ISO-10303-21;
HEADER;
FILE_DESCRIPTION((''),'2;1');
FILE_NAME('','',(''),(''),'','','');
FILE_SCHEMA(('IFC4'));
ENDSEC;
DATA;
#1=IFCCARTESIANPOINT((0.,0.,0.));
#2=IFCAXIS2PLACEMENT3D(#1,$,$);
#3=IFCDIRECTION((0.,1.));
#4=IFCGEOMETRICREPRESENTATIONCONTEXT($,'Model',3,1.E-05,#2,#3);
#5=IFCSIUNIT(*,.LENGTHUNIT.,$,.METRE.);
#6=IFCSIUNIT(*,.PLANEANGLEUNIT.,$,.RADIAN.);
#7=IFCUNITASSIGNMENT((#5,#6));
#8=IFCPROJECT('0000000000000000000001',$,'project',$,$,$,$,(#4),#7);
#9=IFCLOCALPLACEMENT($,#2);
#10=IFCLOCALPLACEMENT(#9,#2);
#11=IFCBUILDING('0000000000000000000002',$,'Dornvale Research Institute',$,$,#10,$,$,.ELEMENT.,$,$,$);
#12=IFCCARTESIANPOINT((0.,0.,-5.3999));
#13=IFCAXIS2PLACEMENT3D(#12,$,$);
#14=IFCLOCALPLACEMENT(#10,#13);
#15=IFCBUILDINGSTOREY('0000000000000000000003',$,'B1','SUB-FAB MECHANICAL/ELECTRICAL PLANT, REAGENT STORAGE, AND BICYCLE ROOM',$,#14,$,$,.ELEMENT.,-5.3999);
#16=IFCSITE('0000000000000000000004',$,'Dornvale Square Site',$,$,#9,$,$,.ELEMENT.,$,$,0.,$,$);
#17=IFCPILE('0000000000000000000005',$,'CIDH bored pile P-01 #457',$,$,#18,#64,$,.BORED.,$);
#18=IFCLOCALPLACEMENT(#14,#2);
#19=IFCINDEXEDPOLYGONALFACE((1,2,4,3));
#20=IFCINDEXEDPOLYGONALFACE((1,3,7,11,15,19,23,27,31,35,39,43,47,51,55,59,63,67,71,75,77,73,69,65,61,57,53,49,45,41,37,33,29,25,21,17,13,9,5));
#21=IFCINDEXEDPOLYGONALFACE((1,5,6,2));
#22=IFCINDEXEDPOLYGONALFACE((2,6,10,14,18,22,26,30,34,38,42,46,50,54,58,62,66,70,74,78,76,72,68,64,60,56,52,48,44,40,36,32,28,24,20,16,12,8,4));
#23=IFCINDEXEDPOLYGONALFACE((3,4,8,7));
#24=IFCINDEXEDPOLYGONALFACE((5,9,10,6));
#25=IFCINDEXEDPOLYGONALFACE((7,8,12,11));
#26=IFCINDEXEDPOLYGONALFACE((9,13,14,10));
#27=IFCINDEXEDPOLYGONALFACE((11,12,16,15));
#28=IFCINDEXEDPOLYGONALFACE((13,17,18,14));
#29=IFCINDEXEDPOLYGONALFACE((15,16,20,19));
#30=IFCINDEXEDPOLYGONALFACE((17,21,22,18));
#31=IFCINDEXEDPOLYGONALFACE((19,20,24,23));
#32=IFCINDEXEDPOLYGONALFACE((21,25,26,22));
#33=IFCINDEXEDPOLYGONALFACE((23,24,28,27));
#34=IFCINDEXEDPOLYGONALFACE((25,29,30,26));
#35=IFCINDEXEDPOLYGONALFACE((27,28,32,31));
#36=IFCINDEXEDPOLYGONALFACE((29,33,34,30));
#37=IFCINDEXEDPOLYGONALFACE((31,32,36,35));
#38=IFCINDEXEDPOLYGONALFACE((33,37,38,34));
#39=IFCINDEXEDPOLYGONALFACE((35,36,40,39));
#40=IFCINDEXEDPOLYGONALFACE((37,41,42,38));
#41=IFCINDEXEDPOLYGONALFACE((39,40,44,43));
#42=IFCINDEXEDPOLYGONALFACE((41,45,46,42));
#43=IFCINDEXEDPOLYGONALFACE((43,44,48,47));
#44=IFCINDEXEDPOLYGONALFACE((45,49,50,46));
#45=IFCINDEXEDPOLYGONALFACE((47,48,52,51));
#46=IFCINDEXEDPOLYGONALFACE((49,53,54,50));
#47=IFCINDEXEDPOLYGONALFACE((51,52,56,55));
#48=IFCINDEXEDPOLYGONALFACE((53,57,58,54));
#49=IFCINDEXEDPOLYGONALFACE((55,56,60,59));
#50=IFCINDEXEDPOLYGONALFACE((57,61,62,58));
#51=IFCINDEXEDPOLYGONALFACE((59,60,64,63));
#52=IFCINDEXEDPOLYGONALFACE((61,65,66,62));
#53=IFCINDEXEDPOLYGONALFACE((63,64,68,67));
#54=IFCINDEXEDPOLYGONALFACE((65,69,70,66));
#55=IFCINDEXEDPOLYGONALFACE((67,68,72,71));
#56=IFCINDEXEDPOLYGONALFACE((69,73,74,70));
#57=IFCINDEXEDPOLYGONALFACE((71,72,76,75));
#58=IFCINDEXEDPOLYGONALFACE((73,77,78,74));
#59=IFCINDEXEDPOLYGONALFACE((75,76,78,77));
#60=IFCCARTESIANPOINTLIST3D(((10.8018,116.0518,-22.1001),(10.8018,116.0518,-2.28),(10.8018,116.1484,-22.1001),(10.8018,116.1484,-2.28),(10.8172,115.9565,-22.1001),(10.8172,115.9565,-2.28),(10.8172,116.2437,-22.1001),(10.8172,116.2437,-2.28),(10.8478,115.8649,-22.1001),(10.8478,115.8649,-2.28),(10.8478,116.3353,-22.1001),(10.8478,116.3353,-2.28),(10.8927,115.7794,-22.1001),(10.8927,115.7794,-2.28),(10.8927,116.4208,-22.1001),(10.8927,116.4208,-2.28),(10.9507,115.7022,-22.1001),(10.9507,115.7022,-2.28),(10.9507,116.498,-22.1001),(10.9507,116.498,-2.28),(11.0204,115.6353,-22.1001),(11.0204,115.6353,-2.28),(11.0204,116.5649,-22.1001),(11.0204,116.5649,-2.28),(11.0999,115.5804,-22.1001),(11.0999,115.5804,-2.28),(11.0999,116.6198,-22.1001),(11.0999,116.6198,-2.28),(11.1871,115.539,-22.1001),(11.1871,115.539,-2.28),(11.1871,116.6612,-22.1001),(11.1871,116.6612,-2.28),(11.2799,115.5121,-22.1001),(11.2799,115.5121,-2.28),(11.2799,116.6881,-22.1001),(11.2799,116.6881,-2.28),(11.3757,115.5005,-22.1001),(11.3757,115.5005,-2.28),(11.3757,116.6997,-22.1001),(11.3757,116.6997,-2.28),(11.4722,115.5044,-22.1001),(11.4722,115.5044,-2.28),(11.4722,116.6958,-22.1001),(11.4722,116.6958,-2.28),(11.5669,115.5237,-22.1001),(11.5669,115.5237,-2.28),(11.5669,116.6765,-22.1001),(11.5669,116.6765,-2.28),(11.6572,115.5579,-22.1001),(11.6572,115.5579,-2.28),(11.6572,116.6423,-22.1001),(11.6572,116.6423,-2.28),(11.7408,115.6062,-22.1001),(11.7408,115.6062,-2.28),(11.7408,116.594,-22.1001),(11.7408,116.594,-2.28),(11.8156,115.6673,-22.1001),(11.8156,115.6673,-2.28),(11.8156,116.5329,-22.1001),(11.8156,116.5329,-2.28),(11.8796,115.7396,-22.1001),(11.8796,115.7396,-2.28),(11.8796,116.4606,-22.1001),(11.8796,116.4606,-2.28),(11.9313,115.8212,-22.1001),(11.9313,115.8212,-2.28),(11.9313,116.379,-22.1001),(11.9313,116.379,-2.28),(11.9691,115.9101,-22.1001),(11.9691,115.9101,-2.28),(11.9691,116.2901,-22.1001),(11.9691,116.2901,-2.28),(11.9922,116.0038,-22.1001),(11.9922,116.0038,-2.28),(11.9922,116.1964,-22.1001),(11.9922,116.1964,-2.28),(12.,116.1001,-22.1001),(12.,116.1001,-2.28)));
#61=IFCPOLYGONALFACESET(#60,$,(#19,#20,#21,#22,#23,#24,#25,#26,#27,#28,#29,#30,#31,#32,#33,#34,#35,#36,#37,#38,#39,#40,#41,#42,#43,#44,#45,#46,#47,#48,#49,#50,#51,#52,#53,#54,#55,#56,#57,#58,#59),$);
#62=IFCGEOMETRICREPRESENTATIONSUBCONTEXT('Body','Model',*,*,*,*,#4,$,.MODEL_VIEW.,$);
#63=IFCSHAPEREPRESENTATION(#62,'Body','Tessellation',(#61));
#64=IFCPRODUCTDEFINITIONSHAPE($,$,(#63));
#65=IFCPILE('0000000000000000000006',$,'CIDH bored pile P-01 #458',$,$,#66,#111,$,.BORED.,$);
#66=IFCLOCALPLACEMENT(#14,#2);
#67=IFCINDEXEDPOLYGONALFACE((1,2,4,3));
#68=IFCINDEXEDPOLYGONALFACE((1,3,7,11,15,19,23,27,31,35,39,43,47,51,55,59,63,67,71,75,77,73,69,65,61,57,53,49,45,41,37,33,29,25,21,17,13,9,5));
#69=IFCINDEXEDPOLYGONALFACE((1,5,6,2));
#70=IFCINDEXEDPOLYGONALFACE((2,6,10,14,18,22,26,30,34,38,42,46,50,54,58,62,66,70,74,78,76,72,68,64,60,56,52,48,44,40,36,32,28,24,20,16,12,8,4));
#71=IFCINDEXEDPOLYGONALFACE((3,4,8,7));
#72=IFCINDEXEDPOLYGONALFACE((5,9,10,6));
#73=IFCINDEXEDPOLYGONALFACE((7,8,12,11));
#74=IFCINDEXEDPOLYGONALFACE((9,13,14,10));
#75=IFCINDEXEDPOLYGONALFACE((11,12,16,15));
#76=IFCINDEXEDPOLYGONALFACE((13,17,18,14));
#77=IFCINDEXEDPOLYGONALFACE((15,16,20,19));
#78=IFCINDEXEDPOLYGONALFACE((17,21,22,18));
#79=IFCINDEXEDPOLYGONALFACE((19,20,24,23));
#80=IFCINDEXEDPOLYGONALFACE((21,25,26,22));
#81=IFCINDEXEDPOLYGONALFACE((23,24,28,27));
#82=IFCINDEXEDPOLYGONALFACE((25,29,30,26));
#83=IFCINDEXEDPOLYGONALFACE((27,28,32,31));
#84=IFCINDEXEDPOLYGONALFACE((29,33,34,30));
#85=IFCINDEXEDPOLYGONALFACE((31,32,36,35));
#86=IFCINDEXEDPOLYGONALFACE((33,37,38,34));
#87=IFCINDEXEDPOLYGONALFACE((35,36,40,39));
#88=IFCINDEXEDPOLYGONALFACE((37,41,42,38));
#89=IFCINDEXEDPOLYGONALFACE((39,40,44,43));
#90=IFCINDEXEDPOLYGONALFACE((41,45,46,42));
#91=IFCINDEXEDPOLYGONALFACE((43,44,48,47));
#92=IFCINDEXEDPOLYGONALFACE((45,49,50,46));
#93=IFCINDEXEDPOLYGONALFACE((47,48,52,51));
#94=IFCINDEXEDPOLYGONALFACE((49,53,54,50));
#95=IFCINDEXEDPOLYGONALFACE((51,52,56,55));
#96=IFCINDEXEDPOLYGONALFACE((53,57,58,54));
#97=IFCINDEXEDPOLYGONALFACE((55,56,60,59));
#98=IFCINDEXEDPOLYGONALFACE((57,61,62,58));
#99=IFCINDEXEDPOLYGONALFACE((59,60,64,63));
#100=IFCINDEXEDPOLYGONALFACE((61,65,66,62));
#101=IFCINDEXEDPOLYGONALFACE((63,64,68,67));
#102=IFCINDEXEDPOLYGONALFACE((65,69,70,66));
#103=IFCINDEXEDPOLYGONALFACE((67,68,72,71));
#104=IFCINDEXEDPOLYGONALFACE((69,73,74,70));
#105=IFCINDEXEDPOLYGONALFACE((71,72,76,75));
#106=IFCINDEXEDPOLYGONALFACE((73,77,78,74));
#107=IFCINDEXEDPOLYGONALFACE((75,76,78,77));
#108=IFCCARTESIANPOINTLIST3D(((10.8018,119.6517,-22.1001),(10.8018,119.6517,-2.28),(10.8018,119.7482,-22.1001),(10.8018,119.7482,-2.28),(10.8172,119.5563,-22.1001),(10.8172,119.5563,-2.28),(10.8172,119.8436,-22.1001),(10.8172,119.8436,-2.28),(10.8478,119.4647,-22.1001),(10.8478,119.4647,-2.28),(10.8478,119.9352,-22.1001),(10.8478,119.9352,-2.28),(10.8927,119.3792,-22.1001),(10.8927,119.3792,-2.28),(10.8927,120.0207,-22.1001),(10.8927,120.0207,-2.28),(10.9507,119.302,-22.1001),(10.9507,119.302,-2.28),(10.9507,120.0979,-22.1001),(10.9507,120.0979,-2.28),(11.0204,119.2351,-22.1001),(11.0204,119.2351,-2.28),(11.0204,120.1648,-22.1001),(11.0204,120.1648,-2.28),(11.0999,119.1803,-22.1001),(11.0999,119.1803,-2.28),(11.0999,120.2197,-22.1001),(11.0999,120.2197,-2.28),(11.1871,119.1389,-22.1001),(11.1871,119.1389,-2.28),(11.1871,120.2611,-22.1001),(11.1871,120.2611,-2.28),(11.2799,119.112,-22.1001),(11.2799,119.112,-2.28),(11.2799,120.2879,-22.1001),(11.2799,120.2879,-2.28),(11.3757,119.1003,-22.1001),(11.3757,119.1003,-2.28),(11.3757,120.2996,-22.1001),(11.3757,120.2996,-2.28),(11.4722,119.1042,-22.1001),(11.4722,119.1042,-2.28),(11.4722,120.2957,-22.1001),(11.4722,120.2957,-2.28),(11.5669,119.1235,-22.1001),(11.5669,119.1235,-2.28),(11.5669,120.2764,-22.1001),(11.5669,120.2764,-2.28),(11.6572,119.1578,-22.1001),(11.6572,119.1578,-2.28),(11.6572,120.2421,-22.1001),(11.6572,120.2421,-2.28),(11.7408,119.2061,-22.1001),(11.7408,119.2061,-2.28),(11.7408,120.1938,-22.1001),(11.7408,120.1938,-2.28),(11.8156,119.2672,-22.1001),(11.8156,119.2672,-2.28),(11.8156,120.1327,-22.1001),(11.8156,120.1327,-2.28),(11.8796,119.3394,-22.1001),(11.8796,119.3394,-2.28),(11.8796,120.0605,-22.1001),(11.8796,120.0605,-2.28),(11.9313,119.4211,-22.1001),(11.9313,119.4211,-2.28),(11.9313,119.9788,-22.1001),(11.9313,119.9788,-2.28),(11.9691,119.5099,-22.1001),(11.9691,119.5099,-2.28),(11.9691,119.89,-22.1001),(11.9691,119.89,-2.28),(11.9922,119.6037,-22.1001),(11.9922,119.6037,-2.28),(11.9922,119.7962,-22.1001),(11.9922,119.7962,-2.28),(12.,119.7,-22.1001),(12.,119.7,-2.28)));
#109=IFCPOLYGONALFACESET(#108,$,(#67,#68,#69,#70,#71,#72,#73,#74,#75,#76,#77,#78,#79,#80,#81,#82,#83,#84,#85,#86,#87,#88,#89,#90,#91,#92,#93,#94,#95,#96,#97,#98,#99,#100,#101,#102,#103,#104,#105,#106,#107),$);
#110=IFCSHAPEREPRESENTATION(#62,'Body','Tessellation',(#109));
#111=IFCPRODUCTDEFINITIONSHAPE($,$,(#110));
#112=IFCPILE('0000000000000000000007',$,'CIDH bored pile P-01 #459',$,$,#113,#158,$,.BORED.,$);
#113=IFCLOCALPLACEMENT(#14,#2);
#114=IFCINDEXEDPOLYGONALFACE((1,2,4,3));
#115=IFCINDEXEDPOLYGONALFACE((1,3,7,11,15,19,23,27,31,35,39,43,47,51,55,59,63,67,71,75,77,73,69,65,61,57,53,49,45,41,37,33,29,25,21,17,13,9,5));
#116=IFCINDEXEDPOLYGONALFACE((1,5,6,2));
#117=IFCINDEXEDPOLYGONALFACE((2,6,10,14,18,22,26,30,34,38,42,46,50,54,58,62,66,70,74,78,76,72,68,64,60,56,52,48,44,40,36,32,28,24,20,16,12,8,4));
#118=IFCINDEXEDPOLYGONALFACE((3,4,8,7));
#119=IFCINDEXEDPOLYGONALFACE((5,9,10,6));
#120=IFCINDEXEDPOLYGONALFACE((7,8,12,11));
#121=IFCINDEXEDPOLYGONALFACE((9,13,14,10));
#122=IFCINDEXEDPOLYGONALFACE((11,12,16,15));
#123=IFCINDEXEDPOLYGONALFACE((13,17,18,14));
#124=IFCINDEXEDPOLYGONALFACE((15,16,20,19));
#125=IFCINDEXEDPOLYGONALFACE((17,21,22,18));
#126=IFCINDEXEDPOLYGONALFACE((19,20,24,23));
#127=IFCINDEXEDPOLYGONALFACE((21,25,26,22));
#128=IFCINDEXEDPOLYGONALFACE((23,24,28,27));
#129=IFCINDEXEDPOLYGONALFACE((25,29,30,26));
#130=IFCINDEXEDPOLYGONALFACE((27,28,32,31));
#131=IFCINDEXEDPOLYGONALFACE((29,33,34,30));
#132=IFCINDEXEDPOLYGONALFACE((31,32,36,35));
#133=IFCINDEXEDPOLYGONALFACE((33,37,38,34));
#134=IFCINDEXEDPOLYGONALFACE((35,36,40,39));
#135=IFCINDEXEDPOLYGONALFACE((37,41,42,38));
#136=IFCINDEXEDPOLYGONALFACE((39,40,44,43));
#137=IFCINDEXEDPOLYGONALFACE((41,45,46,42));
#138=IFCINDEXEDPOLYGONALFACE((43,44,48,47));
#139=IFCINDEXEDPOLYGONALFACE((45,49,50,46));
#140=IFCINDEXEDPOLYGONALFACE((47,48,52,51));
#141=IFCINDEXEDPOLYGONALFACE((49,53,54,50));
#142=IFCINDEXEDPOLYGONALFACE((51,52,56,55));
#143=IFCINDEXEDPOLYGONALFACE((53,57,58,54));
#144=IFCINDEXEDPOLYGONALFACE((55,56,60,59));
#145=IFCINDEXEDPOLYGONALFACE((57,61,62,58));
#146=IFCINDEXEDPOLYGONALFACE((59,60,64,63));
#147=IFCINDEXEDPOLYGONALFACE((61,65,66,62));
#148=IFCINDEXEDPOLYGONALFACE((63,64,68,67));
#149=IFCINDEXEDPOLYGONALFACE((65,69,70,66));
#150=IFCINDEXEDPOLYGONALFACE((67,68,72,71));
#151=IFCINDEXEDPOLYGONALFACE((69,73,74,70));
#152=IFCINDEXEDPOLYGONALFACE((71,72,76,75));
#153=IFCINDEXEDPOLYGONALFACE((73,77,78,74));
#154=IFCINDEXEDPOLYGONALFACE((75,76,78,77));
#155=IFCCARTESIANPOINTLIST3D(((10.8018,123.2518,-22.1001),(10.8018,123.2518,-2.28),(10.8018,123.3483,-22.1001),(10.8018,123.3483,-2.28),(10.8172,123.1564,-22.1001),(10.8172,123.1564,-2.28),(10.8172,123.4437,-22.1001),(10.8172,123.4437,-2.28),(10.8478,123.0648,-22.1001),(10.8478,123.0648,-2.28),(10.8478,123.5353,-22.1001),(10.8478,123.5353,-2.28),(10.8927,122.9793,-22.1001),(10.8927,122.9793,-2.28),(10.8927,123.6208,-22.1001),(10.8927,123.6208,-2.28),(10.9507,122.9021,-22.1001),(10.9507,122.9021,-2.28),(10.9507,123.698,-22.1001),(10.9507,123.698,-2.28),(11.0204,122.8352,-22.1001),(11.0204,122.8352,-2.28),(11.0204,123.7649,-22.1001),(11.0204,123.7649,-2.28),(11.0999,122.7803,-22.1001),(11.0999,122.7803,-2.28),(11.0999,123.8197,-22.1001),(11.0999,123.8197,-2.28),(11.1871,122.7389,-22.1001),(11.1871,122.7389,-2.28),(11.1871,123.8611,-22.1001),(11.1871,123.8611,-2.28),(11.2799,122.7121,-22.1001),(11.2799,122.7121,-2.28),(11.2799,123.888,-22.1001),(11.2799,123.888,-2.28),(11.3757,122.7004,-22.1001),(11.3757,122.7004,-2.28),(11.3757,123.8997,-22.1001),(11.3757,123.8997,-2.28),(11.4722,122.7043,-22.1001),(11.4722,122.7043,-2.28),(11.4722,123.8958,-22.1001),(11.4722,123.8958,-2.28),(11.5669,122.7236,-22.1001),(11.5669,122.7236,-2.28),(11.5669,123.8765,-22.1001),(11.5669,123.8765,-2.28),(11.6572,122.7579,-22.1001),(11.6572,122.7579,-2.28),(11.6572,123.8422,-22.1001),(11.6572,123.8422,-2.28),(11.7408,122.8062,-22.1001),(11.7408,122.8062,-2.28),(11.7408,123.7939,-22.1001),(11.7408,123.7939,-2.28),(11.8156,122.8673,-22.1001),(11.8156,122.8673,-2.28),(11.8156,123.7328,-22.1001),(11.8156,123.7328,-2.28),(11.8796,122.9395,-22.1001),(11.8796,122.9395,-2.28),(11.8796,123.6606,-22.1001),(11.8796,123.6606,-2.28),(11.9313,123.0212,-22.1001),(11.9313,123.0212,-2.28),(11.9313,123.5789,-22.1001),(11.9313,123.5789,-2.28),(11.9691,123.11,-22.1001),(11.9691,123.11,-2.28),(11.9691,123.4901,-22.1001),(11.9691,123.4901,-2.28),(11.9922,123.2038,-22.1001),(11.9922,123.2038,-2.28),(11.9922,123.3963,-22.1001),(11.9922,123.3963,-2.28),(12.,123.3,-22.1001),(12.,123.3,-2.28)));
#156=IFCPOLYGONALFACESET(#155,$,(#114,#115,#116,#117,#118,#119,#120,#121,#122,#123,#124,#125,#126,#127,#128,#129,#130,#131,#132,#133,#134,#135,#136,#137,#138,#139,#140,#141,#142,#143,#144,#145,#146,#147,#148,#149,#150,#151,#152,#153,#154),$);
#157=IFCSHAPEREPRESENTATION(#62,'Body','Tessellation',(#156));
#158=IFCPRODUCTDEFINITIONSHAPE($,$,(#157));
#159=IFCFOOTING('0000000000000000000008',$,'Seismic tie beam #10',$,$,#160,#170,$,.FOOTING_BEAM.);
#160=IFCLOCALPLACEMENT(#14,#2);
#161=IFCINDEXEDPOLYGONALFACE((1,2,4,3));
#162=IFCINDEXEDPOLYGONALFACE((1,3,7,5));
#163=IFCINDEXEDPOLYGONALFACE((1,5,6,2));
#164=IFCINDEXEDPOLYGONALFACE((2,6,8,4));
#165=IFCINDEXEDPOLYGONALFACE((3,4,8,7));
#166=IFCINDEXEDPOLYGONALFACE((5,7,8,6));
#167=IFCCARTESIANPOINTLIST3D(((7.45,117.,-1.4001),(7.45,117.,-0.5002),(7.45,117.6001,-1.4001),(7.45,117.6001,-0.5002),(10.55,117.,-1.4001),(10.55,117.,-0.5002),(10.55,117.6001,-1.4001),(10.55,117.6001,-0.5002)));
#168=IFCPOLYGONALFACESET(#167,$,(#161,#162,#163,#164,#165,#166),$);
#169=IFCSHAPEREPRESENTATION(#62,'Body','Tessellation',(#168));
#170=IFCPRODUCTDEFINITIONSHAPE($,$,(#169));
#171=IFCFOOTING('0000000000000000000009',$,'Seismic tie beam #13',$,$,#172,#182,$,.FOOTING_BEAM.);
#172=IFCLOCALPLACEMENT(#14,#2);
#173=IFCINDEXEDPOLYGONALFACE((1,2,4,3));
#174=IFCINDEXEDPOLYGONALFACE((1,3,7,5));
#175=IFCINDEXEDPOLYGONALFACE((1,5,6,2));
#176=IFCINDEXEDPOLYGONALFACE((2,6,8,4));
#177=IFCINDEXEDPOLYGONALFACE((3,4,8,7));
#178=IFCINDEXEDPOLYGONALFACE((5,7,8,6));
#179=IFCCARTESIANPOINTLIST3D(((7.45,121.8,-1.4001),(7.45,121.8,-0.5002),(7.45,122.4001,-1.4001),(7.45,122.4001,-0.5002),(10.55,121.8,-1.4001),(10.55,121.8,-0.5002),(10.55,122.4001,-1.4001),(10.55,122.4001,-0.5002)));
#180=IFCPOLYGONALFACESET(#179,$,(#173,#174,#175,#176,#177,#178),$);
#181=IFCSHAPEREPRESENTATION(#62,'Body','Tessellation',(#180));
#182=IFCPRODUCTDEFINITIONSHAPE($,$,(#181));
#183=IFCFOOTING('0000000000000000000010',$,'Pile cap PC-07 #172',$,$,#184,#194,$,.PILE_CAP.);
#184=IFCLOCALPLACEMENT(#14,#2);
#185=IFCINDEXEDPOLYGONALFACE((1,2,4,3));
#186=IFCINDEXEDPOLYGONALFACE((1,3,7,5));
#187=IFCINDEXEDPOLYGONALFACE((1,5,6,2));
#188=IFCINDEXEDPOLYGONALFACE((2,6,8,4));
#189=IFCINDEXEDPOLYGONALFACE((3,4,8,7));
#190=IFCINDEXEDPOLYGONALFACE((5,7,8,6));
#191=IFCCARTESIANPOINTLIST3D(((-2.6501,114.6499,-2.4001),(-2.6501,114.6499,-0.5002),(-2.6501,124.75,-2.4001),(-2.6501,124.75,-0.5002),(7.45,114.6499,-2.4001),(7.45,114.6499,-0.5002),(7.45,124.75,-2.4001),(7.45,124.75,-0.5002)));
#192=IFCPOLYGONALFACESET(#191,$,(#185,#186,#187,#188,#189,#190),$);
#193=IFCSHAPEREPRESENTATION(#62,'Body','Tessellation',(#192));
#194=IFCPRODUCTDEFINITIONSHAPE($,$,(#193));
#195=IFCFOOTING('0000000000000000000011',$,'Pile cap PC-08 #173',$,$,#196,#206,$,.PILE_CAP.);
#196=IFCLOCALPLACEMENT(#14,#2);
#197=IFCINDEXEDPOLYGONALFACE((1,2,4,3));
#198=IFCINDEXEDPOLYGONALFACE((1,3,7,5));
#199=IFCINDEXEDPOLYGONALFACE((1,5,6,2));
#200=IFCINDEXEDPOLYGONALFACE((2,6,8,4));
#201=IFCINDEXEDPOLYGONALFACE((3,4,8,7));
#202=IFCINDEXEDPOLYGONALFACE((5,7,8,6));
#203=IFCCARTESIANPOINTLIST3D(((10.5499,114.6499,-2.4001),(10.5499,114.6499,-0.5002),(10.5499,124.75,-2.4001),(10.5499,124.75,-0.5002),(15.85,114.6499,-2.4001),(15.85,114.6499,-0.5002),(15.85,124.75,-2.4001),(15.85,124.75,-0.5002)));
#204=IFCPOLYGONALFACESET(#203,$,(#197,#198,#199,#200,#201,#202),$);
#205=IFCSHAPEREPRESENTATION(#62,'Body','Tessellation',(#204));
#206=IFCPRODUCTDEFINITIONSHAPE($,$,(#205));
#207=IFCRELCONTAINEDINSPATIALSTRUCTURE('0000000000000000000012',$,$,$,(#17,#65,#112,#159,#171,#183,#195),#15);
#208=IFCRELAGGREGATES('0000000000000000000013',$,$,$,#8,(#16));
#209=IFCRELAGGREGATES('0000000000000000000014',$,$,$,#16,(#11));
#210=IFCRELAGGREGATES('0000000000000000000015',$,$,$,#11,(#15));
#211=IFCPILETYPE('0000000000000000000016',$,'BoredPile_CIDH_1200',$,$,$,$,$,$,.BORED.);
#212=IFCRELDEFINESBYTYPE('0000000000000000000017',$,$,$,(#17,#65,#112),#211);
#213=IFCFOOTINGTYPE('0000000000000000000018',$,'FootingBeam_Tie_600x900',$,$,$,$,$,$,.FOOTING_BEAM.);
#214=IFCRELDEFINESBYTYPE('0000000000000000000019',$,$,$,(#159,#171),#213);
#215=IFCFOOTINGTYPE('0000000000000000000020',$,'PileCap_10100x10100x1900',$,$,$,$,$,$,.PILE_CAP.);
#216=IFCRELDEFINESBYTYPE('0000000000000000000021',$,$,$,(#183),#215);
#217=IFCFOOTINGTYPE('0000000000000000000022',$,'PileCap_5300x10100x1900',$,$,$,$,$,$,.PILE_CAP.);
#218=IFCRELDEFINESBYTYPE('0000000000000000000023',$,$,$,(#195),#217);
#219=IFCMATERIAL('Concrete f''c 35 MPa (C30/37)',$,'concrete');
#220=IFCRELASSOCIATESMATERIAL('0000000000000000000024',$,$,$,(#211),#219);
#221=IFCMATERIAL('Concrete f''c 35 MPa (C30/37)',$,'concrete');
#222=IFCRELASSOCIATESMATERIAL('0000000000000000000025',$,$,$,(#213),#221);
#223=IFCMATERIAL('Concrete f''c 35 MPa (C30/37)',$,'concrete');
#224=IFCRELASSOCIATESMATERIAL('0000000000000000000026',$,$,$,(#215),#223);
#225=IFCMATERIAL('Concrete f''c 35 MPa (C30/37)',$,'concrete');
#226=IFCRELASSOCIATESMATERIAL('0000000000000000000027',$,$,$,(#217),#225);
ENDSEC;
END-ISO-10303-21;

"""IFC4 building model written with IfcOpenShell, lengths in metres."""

from ifc_helpers import new_model, si_unit, direction, frame, origin, origin_2d, place, context, subcontext, project, spatial, rectangle, circle, extrude, material, material_profile, profile_set, type_object, element, save


model = new_model("IFC4")

# Units and contexts
model_context = context("Model", 3, precision=1e-05, world=origin(), true_north=direction((0.0, 1.0)))
body_context = subcontext(model_context, "Body", "Model", "MODEL_VIEW")
ifc_project = project(units=[si_unit("LENGTHUNIT", "METRE"), si_unit("PLANEANGLEUNIT", "RADIAN")], contexts=[model_context])

# Site, building, storey
site_placement = place(None, origin())
site = spatial("IfcSite", under=ifc_project, at=site_placement, Name="Dornvale Square Site", CompositionType="ELEMENT", RefElevation=0.0)
building_placement = place(site_placement, origin())
building = spatial("IfcBuilding", under=site, at=building_placement, Name="Dornvale Research Institute", CompositionType="ELEMENT")
storey_placement = place(building_placement, frame((0.0, 0.0, -5.3999)))
storey = spatial("IfcBuildingStorey", under=building, at=storey_placement, Name="B1", Description="SUB-FAB MECHANICAL/ELECTRICAL PLANT, REAGENT STORAGE, AND BICYCLE ROOM", CompositionType="ELEMENT", Elevation=-5.3999)

# Piles
ifc_material_1 = material(Name="Concrete f'c 35 MPa (C30/37)", Category="concrete")
ifc_material_profile_1 = material_profile(ifc_material_1, circle(Radius=0.6001, at=origin_2d()), Name="CIDH PILE D1200")
ifc_profile_set_1 = profile_set([ifc_material_profile_1], Name="Concrete f'c 35 MPa (C30/37)")
pile_type = type_object("IfcPileType", Name="BoredPile_CIDH_1200", PredefinedType="BORED", material=ifc_profile_set_1)
for number, where, z_axis, x_axis, name in (
    (1, (11.3999, 116.1001, -2.28), (0.0, 0.0, -1.0), (1.0, 0.0, 0.0), "CIDH bored pile P-01 #457"),
    (2, (11.3999, 119.7, -2.28), (0.0, 0.0, -1.0), (1.0, 0.0, 0.0), "CIDH bored pile P-01 #458"),
    (3, (11.3999, 123.3, -2.28), (0.0, 0.0, -1.0), (1.0, 0.0, 0.0), "CIDH bored pile P-01 #459"),
):
    element("IfcPile", number, at=place(storey_placement, frame(where, z_axis=z_axis, x_axis=x_axis)), inside=storey, type_object=pile_type, Name=name, PredefinedType="BORED", context=body_context, shape_type="SweptSolid", body=[
        extrude(circle(Radius=0.6001, at=origin_2d()), origin(), (0.0, 0.0, 1.0), 19.8201),
    ])

# Footings
ifc_material_2 = material(Name="Concrete f'c 35 MPa (C30/37)", Category="concrete")
footing_type_1 = type_object("IfcFootingType", Name="FootingBeam_Tie_600x900", PredefinedType="FOOTING_BEAM", material=ifc_material_2)
for number, where, z_axis, x_axis, name in (
    (4, (9.0, 117.3, -1.4001), (0.0, 0.0, 1.0), (1.0, 0.0, 0.0), "Seismic tie beam #10"),
    (5, (9.0, 122.1001, -1.4001), (0.0, 0.0, 1.0), (1.0, 0.0, 0.0), "Seismic tie beam #13"),
):
    element("IfcFooting", number, at=place(storey_placement, frame(where, z_axis=z_axis, x_axis=x_axis)), inside=storey, type_object=footing_type_1, Name=name, PredefinedType="FOOTING_BEAM", context=body_context, shape_type="SweptSolid", body=[
        extrude(rectangle(XDim=3.1001, YDim=0.6001, at=origin_2d()), origin(), (0.0, 0.0, 1.0), 0.8999),
    ])
ifc_material_3 = material(Name="Concrete f'c 35 MPa (C30/37)", Category="concrete")
footing_type_2 = type_object("IfcFootingType", Name="PileCap_10100x10100x1900", PredefinedType="PILE_CAP", material=ifc_material_3)
footing_1_placement = place(storey_placement, frame((2.3999, 119.7, -2.4001), z_axis=(0.0, 0.0, 1.0), x_axis=(1.0, 0.0, 0.0)))
element("IfcFooting", 6, at=footing_1_placement, inside=storey, type_object=footing_type_2, Name="Pile cap PC-07 #172", PredefinedType="PILE_CAP", context=body_context, shape_type="SweptSolid", body=[
    extrude(rectangle(XDim=10.1001, YDim=10.1001, at=origin_2d()), origin(), (0.0, 0.0, 1.0), 1.8999),
])
ifc_material_4 = material(Name="Concrete f'c 35 MPa (C30/37)", Category="concrete")
footing_type_3 = type_object("IfcFootingType", Name="PileCap_5300x10100x1900", PredefinedType="PILE_CAP", material=ifc_material_4)
footing_2_placement = place(storey_placement, frame((13.2, 119.7, -2.4001), z_axis=(0.0, 0.0, 1.0), x_axis=(1.0, 0.0, 0.0)))
element("IfcFooting", 7, at=footing_2_placement, inside=storey, type_object=footing_type_3, Name="Pile cap PC-08 #173", PredefinedType="PILE_CAP", context=body_context, shape_type="SweptSolid", body=[
    extrude(rectangle(XDim=5.3, YDim=10.1001, at=origin_2d()), origin(), (0.0, 0.0, 1.0), 1.8999),
])

save(model, "model.ifc")
